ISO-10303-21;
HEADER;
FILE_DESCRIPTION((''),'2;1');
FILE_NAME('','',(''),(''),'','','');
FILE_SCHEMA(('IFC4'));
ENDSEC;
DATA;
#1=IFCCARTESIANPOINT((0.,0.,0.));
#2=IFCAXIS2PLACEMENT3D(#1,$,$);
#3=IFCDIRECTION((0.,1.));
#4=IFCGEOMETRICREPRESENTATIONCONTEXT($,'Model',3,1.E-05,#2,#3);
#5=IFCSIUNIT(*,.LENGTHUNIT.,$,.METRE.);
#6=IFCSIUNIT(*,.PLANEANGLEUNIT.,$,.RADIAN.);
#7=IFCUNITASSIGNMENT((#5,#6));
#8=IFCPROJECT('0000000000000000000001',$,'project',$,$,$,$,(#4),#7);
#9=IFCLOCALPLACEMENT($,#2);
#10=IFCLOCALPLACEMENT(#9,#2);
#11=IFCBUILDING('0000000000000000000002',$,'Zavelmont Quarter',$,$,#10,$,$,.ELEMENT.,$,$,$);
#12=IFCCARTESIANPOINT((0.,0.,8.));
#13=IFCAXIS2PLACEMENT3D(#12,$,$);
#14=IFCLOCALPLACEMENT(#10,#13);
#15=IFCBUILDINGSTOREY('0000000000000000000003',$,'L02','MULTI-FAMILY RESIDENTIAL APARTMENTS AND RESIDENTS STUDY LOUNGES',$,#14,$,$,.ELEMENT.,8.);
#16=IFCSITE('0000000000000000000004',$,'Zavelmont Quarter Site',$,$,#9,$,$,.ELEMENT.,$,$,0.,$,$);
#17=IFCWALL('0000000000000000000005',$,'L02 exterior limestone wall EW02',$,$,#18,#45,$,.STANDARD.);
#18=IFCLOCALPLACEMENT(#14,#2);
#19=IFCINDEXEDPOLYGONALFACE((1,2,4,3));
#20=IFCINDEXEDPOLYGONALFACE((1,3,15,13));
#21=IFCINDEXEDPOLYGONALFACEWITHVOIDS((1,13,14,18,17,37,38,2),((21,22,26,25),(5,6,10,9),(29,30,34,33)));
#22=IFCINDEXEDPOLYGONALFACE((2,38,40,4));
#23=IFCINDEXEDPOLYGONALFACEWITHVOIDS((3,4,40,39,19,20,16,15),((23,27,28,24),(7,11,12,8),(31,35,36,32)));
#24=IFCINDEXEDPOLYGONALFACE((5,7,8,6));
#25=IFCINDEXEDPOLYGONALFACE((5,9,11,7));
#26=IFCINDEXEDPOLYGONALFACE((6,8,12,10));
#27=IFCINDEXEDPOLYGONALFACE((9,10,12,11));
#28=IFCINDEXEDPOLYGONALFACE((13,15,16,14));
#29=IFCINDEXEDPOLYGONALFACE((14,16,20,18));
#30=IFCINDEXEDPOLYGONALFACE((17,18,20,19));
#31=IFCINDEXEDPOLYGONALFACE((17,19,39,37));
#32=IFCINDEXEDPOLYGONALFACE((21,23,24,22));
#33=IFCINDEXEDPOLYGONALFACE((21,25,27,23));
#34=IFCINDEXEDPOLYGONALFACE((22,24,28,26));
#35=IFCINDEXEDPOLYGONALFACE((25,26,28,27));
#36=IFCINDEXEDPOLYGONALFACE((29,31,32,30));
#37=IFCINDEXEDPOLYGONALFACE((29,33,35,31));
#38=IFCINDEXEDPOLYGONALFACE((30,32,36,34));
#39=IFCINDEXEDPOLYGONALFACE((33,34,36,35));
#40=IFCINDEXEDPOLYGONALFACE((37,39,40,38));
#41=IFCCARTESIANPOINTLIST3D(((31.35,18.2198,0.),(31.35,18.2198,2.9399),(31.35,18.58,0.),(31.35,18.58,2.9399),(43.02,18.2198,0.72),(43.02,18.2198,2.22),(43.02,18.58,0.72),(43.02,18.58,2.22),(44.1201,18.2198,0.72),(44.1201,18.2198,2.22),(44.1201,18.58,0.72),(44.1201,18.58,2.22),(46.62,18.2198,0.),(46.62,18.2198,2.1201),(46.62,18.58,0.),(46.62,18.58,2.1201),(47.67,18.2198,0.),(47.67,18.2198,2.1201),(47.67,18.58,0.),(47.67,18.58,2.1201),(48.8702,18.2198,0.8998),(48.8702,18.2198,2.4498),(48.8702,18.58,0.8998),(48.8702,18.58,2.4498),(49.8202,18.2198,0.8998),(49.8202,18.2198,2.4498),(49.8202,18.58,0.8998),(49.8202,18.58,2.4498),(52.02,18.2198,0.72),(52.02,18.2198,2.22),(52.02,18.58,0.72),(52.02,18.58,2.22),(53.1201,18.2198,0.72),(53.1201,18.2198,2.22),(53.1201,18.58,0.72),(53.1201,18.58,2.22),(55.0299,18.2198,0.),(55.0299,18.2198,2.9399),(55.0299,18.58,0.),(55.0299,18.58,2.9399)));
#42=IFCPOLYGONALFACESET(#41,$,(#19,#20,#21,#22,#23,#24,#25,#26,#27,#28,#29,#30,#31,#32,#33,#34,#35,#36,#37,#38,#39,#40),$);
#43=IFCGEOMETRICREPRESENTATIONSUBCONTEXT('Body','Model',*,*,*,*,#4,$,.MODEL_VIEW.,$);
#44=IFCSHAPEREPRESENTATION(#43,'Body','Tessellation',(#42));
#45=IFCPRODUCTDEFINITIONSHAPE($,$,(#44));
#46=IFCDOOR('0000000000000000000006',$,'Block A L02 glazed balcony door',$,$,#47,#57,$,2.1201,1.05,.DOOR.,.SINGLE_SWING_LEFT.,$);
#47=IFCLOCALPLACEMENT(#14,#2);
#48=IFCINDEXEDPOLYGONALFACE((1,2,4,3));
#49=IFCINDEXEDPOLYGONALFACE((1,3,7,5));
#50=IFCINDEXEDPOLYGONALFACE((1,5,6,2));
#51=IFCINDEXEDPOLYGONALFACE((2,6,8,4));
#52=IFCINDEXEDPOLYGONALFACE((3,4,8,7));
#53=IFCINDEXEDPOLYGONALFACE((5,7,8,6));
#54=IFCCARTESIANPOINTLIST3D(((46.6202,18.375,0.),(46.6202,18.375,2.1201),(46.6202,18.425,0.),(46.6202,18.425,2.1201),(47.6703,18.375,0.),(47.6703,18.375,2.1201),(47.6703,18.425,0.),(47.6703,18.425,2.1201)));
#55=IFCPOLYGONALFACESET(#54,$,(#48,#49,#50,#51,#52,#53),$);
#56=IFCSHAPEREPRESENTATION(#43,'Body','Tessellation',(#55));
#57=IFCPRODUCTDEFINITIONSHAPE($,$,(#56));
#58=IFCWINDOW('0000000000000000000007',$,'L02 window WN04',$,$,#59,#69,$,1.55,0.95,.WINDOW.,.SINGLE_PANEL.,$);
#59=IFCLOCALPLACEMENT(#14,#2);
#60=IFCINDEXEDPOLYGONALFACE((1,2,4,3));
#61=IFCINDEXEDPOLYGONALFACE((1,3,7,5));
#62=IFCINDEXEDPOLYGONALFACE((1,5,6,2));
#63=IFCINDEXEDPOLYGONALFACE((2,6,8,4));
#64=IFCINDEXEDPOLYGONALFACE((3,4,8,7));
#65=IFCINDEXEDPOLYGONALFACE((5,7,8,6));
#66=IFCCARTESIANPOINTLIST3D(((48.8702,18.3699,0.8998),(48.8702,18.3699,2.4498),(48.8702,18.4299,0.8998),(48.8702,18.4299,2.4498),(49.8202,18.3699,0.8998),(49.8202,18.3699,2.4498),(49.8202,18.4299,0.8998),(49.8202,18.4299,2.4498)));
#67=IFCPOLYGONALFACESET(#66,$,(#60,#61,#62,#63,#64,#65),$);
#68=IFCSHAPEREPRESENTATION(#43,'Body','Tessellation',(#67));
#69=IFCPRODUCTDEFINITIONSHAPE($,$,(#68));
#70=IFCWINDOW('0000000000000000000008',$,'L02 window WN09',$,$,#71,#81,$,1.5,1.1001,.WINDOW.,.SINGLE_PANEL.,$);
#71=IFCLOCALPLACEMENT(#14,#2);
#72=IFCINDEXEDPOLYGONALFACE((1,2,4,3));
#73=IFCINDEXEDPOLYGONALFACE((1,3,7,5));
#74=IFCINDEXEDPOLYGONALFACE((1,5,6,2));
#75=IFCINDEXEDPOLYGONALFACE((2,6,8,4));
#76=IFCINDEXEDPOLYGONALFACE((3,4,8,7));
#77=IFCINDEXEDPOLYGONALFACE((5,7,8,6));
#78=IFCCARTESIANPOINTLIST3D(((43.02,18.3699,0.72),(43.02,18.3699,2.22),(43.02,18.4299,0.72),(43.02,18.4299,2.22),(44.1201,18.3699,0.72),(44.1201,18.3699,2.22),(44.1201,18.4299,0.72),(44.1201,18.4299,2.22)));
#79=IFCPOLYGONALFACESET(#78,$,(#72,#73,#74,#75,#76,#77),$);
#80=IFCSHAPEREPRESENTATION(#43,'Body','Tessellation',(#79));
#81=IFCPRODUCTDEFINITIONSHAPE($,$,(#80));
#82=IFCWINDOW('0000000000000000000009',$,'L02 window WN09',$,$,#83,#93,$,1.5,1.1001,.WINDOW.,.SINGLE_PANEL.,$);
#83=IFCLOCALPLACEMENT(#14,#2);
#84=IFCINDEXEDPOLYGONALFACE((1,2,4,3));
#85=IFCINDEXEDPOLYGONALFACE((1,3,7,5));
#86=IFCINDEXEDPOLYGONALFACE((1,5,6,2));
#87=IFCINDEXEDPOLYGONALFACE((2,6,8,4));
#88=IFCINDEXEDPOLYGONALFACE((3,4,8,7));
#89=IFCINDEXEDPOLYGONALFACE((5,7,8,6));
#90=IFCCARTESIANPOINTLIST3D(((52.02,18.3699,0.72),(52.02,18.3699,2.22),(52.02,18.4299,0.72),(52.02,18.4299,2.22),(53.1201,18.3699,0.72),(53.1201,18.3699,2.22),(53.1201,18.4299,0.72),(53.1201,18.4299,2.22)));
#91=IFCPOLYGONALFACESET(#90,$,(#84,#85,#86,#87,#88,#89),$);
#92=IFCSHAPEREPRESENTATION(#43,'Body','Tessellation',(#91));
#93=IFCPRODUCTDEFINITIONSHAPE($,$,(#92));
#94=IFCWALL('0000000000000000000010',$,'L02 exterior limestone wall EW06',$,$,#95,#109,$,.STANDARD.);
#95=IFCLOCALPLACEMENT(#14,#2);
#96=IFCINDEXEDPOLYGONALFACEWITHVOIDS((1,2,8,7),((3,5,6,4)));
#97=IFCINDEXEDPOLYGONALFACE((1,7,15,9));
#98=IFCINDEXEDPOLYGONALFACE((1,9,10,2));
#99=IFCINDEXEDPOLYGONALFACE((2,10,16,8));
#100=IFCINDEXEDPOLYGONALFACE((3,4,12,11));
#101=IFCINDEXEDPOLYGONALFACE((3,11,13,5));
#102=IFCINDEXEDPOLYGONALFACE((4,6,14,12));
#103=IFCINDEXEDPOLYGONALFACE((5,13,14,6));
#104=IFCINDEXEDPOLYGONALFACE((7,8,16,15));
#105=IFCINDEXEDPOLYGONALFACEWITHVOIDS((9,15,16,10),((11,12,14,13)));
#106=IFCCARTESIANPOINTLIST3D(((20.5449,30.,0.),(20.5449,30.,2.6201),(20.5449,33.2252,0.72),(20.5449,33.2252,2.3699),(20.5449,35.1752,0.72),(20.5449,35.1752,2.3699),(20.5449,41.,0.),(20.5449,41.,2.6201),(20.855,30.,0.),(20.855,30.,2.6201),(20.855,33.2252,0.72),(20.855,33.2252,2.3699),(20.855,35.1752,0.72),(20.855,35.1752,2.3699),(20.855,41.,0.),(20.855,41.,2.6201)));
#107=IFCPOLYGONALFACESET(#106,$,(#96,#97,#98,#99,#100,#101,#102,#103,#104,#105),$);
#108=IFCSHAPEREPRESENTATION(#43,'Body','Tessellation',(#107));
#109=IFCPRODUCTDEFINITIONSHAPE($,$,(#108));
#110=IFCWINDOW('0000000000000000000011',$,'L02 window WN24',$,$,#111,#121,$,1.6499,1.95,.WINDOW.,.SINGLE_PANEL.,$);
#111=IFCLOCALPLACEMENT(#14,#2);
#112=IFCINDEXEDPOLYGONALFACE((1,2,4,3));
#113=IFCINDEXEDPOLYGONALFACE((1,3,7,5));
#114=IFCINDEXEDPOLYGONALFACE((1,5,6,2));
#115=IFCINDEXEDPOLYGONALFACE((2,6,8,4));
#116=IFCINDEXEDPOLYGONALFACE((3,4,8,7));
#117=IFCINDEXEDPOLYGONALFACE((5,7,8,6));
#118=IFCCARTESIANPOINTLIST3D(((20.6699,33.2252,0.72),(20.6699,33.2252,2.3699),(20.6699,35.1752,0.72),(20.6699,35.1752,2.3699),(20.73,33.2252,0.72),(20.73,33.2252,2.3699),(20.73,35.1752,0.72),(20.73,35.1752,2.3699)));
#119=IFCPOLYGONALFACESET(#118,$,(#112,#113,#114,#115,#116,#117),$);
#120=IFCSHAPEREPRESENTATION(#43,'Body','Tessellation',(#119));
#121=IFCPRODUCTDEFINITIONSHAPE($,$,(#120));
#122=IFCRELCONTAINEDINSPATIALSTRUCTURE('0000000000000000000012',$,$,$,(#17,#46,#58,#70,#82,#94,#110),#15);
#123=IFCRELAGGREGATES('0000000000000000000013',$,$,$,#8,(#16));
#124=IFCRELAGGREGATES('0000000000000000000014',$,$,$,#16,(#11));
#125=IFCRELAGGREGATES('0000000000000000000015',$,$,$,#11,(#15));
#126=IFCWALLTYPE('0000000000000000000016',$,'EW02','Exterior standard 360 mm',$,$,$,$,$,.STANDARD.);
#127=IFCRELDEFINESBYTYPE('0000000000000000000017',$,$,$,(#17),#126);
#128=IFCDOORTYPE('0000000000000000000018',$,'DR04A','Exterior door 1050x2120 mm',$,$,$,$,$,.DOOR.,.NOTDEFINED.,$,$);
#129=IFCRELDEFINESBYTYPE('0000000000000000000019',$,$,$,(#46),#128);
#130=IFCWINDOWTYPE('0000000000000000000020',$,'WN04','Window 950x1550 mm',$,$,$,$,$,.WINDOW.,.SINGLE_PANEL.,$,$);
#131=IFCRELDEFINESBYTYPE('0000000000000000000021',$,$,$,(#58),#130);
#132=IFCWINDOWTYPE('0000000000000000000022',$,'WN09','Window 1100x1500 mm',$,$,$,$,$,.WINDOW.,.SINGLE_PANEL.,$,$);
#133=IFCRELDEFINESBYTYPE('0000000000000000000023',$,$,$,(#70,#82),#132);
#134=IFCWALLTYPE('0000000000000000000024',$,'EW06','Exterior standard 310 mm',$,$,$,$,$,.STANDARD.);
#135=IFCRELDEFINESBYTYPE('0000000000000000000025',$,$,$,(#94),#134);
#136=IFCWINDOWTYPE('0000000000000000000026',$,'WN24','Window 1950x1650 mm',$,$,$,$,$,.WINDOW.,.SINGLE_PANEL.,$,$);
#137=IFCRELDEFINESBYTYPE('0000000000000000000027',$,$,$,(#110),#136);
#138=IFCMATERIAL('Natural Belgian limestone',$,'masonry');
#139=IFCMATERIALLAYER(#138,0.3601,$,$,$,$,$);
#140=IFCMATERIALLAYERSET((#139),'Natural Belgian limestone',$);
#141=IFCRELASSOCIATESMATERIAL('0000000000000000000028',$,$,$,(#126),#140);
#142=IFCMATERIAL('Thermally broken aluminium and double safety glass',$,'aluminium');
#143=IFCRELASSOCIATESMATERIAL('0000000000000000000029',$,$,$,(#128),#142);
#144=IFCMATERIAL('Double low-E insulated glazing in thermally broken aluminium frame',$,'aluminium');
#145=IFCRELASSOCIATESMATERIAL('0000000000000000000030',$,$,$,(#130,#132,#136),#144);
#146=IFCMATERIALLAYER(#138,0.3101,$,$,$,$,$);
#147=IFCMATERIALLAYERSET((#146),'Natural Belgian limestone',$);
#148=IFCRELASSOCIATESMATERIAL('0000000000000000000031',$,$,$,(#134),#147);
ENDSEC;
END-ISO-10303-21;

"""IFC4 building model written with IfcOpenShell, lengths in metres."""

from ifc_helpers import new_model, si_unit, direction, frame, frame_2d, origin, origin_with_axes, place, context, subcontext, project, spatial, rectangle, extrude, material, layer, layer_set, type_object, element, fill, save


model = new_model("IFC4")

# Units and contexts
model_context = context("Model", 3, precision=1e-05, world=origin(), true_north=direction((0.0, 1.0)))
body_context = subcontext(model_context, "Body", "Model", "MODEL_VIEW")
ifc_project = project(units=[si_unit("LENGTHUNIT", "METRE"), si_unit("PLANEANGLEUNIT", "RADIAN")], contexts=[model_context])

# Site, building, storey
site_placement = place(None, origin())
site = spatial("IfcSite", under=ifc_project, at=site_placement, Name="Zavelmont Quarter Site", CompositionType="ELEMENT", RefElevation=0.0)
building_placement = place(site_placement, origin())
building = spatial("IfcBuilding", under=site, at=building_placement, Name="Zavelmont Quarter", CompositionType="ELEMENT")
storey_placement = place(building_placement, frame((0.0, 0.0, 8.0)))
storey = spatial("IfcBuildingStorey", under=building, at=storey_placement, Name="L02", Description="MULTI-FAMILY RESIDENTIAL APARTMENTS AND RESIDENTS STUDY LOUNGES", CompositionType="ELEMENT", Elevation=8.0)

# Wall, openings, door, windows
ifc_material_1 = material(Name="Natural Belgian limestone", Category="masonry")
ifc_layer_1 = layer(ifc_material_1, 0.3601)
ifc_layer_set_1 = layer_set([ifc_layer_1], Name="Natural Belgian limestone")
wall_type_1 = type_object("IfcWallType", Name="EW02", Description="Exterior standard 360 mm", PredefinedType="STANDARD", material=ifc_layer_set_1)
wall_1_placement = place(storey_placement, frame((31.3501, 18.3999, 0.0), z_axis=(0.0, 0.0, 1.0), x_axis=(1.0, 0.0, 0.0)))
wall_1 = element("IfcWall", 1, at=wall_1_placement, inside=storey, type_object=wall_type_1, Name="L02 exterior limestone wall EW02", PredefinedType="STANDARD", context=body_context, shape_type="SweptSolid", body=[
    extrude(rectangle(XDim=23.6799, YDim=0.3601, at=frame_2d((11.8398, 0.0))), origin(), (0.0, 0.0, 1.0), 2.9399),
])
opening_1_placement = place(wall_1_placement, frame((15.27, 0.0, 0.0)))
opening_1 = element("IfcOpeningElement", 2, at=opening_1_placement, cuts=wall_1, PredefinedType="OPENING", context=body_context, shape_type="SweptSolid", body=[
    extrude(rectangle(XDim=1.05, YDim=2.1201, at=frame_2d((0.5249, 1.0601))), frame((0.0, 0.1919, 0.0), z_axis=(0.0, -1.0, 0.0), x_axis=(1.0, 0.0, 0.0)), (0.0, 0.0, 1.0), 0.384),
])
opening_2_placement = place(wall_1_placement, frame((11.6699, 0.0, 0.72)))
opening_2 = element("IfcOpeningElement", 3, at=opening_2_placement, cuts=wall_1, PredefinedType="OPENING", context=body_context, shape_type="SweptSolid", body=[
    extrude(rectangle(XDim=1.1001, YDim=1.5, at=frame_2d((0.55, 0.75))), frame((0.0, 0.1919, 0.0), z_axis=(0.0, -1.0, 0.0), x_axis=(1.0, 0.0, 0.0)), (0.0, 0.0, 1.0), 0.384),
])
opening_3_placement = place(wall_1_placement, frame((17.52, 0.0, 0.8999)))
opening_3 = element("IfcOpeningElement", 4, at=opening_3_placement, cuts=wall_1, PredefinedType="OPENING", context=body_context, shape_type="SweptSolid", body=[
    extrude(rectangle(XDim=0.95, YDim=1.55, at=frame_2d((0.4751, 0.7749))), frame((0.0, 0.1919, 0.0), z_axis=(0.0, -1.0, 0.0), x_axis=(1.0, 0.0, 0.0)), (0.0, 0.0, 1.0), 0.384),
])
opening_4_placement = place(wall_1_placement, frame((20.6699, 0.0, 0.72)))
opening_4 = element("IfcOpeningElement", 5, at=opening_4_placement, cuts=wall_1, PredefinedType="OPENING", context=body_context, shape_type="SweptSolid", body=[
    extrude(rectangle(XDim=1.1001, YDim=1.5, at=frame_2d((0.55, 0.75))), frame((0.0, 0.1919, 0.0), z_axis=(0.0, -1.0, 0.0), x_axis=(1.0, 0.0, 0.0)), (0.0, 0.0, 1.0), 0.384),
])
ifc_material_2 = material(Name="Thermally broken aluminium and double safety glass", Category="aluminium")
door_type = type_object("IfcDoorType", Name="DR04A", Description="Exterior door 1050x2120 mm", OperationType="NOTDEFINED", PredefinedType="DOOR", material=ifc_material_2)
door_placement = place(opening_1_placement, frame((1.05, 0.0, 0.0), z_axis=(0.0, 0.0, 1.0), x_axis=(-1.0, 0.0, 0.0)))
door = element("IfcDoor", 6, at=door_placement, inside=storey, type_object=door_type, Name="Block A L02 glazed balcony door", OperationType="SINGLE_SWING_LEFT", OverallHeight=2.1201, OverallWidth=1.05, PredefinedType="DOOR", context=body_context, shape_type="SweptSolid", body=[
    extrude(rectangle(XDim=1.05, YDim=2.1201, at=frame_2d((0.5249, 1.0601))), frame((0.0, 0.0249, 0.0), z_axis=(0.0, -1.0, 0.0), x_axis=(1.0, 0.0, 0.0)), (0.0, 0.0, 1.0), 0.05),
])
fill(opening_1, door)
ifc_material_3 = material(Name="Double low-E insulated glazing in thermally broken aluminium frame", Category="aluminium")
window_type_1 = type_object("IfcWindowType", Name="WN04", Description="Window 950x1550 mm", PartitioningType="SINGLE_PANEL", PredefinedType="WINDOW", material=ifc_material_3)
window_1_placement = place(opening_3_placement, origin_with_axes())
window_1 = element("IfcWindow", 7, at=window_1_placement, inside=storey, type_object=window_type_1, Name="L02 window WN04", OverallHeight=1.55, OverallWidth=0.95, PartitioningType="SINGLE_PANEL", PredefinedType="WINDOW", context=body_context, shape_type="SweptSolid", body=[
    extrude(rectangle(XDim=0.95, YDim=1.55, at=frame_2d((0.4751, 0.7749))), frame((0.0, 0.03, 0.0), z_axis=(0.0, -1.0, 0.0), x_axis=(1.0, 0.0, 0.0)), (0.0, 0.0, 1.0), 0.0601),
])
fill(opening_3, window_1)
window_type_2 = type_object("IfcWindowType", Name="WN09", Description="Window 1100x1500 mm", PartitioningType="SINGLE_PANEL", PredefinedType="WINDOW", material=ifc_material_3)
window_2_placement = place(opening_2_placement, origin_with_axes())
window_2 = element("IfcWindow", 8, at=window_2_placement, inside=storey, type_object=window_type_2, Name="L02 window WN09", OverallHeight=1.5, OverallWidth=1.1001, PartitioningType="SINGLE_PANEL", PredefinedType="WINDOW", context=body_context, shape_type="SweptSolid", body=[
    extrude(rectangle(XDim=1.1001, YDim=1.5, at=frame_2d((0.55, 0.75))), frame((0.0, 0.03, 0.0), z_axis=(0.0, -1.0, 0.0), x_axis=(1.0, 0.0, 0.0)), (0.0, 0.0, 1.0), 0.0601),
])
fill(opening_2, window_2)
window_3_placement = place(opening_4_placement, origin_with_axes())
window_3 = element("IfcWindow", 9, at=window_3_placement, inside=storey, type_object=window_type_2, Name="L02 window WN09", OverallHeight=1.5, OverallWidth=1.1001, PartitioningType="SINGLE_PANEL", PredefinedType="WINDOW", context=body_context, shape_type="SweptSolid", body=[
    extrude(rectangle(XDim=1.1001, YDim=1.5, at=frame_2d((0.55, 0.75))), frame((0.0, 0.03, 0.0), z_axis=(0.0, -1.0, 0.0), x_axis=(1.0, 0.0, 0.0)), (0.0, 0.0, 1.0), 0.0601),
])
fill(opening_4, window_3)

# Wall, opening, window
ifc_layer_2 = layer(ifc_material_1, 0.3101)
ifc_layer_set_2 = layer_set([ifc_layer_2], Name="Natural Belgian limestone")
wall_type_2 = type_object("IfcWallType", Name="EW06", Description="Exterior standard 310 mm", PredefinedType="STANDARD", material=ifc_layer_set_2)
wall_2_placement = place(storey_placement, frame((20.7, 30.0, 0.0), z_axis=(0.0, 0.0, 1.0), x_axis=(0.0, 1.0, 0.0)))
wall_2 = element("IfcWall", 10, at=wall_2_placement, inside=storey, type_object=wall_type_2, Name="L02 exterior limestone wall EW06", PredefinedType="STANDARD", context=body_context, shape_type="SweptSolid", body=[
    extrude(rectangle(XDim=11.0, YDim=0.3101, at=frame_2d((5.5, 0.0))), origin(), (0.0, 0.0, 1.0), 2.6201),
])
opening_5_placement = place(wall_2_placement, frame((3.2251, 0.0, 0.72)))
opening_5 = element("IfcOpeningElement", 11, at=opening_5_placement, cuts=wall_2, PredefinedType="OPENING", context=body_context, shape_type="SweptSolid", body=[
    extrude(rectangle(XDim=1.95, YDim=1.6499, at=frame_2d((0.9751, 0.825))), frame((0.0, 0.167, 0.0), z_axis=(0.0, -1.0, 0.0), x_axis=(1.0, 0.0, 0.0)), (0.0, 0.0, 1.0), 0.334),
])
window_type_3 = type_object("IfcWindowType", Name="WN24", Description="Window 1950x1650 mm", PartitioningType="SINGLE_PANEL", PredefinedType="WINDOW", material=ifc_material_3)
window_4_placement = place(opening_5_placement, origin_with_axes())
window_4 = element("IfcWindow", 12, at=window_4_placement, inside=storey, type_object=window_type_3, Name="L02 window WN24", OverallHeight=1.6499, OverallWidth=1.95, PartitioningType="SINGLE_PANEL", PredefinedType="WINDOW", context=body_context, shape_type="SweptSolid", body=[
    extrude(rectangle(XDim=1.95, YDim=1.6499, at=frame_2d((0.9751, 0.825))), frame((0.0, 0.03, 0.0), z_axis=(0.0, -1.0, 0.0), x_axis=(1.0, 0.0, 0.0)), (0.0, 0.0, 1.0), 0.0601),
])
fill(opening_5, window_4)

save(model, "model.ifc")
